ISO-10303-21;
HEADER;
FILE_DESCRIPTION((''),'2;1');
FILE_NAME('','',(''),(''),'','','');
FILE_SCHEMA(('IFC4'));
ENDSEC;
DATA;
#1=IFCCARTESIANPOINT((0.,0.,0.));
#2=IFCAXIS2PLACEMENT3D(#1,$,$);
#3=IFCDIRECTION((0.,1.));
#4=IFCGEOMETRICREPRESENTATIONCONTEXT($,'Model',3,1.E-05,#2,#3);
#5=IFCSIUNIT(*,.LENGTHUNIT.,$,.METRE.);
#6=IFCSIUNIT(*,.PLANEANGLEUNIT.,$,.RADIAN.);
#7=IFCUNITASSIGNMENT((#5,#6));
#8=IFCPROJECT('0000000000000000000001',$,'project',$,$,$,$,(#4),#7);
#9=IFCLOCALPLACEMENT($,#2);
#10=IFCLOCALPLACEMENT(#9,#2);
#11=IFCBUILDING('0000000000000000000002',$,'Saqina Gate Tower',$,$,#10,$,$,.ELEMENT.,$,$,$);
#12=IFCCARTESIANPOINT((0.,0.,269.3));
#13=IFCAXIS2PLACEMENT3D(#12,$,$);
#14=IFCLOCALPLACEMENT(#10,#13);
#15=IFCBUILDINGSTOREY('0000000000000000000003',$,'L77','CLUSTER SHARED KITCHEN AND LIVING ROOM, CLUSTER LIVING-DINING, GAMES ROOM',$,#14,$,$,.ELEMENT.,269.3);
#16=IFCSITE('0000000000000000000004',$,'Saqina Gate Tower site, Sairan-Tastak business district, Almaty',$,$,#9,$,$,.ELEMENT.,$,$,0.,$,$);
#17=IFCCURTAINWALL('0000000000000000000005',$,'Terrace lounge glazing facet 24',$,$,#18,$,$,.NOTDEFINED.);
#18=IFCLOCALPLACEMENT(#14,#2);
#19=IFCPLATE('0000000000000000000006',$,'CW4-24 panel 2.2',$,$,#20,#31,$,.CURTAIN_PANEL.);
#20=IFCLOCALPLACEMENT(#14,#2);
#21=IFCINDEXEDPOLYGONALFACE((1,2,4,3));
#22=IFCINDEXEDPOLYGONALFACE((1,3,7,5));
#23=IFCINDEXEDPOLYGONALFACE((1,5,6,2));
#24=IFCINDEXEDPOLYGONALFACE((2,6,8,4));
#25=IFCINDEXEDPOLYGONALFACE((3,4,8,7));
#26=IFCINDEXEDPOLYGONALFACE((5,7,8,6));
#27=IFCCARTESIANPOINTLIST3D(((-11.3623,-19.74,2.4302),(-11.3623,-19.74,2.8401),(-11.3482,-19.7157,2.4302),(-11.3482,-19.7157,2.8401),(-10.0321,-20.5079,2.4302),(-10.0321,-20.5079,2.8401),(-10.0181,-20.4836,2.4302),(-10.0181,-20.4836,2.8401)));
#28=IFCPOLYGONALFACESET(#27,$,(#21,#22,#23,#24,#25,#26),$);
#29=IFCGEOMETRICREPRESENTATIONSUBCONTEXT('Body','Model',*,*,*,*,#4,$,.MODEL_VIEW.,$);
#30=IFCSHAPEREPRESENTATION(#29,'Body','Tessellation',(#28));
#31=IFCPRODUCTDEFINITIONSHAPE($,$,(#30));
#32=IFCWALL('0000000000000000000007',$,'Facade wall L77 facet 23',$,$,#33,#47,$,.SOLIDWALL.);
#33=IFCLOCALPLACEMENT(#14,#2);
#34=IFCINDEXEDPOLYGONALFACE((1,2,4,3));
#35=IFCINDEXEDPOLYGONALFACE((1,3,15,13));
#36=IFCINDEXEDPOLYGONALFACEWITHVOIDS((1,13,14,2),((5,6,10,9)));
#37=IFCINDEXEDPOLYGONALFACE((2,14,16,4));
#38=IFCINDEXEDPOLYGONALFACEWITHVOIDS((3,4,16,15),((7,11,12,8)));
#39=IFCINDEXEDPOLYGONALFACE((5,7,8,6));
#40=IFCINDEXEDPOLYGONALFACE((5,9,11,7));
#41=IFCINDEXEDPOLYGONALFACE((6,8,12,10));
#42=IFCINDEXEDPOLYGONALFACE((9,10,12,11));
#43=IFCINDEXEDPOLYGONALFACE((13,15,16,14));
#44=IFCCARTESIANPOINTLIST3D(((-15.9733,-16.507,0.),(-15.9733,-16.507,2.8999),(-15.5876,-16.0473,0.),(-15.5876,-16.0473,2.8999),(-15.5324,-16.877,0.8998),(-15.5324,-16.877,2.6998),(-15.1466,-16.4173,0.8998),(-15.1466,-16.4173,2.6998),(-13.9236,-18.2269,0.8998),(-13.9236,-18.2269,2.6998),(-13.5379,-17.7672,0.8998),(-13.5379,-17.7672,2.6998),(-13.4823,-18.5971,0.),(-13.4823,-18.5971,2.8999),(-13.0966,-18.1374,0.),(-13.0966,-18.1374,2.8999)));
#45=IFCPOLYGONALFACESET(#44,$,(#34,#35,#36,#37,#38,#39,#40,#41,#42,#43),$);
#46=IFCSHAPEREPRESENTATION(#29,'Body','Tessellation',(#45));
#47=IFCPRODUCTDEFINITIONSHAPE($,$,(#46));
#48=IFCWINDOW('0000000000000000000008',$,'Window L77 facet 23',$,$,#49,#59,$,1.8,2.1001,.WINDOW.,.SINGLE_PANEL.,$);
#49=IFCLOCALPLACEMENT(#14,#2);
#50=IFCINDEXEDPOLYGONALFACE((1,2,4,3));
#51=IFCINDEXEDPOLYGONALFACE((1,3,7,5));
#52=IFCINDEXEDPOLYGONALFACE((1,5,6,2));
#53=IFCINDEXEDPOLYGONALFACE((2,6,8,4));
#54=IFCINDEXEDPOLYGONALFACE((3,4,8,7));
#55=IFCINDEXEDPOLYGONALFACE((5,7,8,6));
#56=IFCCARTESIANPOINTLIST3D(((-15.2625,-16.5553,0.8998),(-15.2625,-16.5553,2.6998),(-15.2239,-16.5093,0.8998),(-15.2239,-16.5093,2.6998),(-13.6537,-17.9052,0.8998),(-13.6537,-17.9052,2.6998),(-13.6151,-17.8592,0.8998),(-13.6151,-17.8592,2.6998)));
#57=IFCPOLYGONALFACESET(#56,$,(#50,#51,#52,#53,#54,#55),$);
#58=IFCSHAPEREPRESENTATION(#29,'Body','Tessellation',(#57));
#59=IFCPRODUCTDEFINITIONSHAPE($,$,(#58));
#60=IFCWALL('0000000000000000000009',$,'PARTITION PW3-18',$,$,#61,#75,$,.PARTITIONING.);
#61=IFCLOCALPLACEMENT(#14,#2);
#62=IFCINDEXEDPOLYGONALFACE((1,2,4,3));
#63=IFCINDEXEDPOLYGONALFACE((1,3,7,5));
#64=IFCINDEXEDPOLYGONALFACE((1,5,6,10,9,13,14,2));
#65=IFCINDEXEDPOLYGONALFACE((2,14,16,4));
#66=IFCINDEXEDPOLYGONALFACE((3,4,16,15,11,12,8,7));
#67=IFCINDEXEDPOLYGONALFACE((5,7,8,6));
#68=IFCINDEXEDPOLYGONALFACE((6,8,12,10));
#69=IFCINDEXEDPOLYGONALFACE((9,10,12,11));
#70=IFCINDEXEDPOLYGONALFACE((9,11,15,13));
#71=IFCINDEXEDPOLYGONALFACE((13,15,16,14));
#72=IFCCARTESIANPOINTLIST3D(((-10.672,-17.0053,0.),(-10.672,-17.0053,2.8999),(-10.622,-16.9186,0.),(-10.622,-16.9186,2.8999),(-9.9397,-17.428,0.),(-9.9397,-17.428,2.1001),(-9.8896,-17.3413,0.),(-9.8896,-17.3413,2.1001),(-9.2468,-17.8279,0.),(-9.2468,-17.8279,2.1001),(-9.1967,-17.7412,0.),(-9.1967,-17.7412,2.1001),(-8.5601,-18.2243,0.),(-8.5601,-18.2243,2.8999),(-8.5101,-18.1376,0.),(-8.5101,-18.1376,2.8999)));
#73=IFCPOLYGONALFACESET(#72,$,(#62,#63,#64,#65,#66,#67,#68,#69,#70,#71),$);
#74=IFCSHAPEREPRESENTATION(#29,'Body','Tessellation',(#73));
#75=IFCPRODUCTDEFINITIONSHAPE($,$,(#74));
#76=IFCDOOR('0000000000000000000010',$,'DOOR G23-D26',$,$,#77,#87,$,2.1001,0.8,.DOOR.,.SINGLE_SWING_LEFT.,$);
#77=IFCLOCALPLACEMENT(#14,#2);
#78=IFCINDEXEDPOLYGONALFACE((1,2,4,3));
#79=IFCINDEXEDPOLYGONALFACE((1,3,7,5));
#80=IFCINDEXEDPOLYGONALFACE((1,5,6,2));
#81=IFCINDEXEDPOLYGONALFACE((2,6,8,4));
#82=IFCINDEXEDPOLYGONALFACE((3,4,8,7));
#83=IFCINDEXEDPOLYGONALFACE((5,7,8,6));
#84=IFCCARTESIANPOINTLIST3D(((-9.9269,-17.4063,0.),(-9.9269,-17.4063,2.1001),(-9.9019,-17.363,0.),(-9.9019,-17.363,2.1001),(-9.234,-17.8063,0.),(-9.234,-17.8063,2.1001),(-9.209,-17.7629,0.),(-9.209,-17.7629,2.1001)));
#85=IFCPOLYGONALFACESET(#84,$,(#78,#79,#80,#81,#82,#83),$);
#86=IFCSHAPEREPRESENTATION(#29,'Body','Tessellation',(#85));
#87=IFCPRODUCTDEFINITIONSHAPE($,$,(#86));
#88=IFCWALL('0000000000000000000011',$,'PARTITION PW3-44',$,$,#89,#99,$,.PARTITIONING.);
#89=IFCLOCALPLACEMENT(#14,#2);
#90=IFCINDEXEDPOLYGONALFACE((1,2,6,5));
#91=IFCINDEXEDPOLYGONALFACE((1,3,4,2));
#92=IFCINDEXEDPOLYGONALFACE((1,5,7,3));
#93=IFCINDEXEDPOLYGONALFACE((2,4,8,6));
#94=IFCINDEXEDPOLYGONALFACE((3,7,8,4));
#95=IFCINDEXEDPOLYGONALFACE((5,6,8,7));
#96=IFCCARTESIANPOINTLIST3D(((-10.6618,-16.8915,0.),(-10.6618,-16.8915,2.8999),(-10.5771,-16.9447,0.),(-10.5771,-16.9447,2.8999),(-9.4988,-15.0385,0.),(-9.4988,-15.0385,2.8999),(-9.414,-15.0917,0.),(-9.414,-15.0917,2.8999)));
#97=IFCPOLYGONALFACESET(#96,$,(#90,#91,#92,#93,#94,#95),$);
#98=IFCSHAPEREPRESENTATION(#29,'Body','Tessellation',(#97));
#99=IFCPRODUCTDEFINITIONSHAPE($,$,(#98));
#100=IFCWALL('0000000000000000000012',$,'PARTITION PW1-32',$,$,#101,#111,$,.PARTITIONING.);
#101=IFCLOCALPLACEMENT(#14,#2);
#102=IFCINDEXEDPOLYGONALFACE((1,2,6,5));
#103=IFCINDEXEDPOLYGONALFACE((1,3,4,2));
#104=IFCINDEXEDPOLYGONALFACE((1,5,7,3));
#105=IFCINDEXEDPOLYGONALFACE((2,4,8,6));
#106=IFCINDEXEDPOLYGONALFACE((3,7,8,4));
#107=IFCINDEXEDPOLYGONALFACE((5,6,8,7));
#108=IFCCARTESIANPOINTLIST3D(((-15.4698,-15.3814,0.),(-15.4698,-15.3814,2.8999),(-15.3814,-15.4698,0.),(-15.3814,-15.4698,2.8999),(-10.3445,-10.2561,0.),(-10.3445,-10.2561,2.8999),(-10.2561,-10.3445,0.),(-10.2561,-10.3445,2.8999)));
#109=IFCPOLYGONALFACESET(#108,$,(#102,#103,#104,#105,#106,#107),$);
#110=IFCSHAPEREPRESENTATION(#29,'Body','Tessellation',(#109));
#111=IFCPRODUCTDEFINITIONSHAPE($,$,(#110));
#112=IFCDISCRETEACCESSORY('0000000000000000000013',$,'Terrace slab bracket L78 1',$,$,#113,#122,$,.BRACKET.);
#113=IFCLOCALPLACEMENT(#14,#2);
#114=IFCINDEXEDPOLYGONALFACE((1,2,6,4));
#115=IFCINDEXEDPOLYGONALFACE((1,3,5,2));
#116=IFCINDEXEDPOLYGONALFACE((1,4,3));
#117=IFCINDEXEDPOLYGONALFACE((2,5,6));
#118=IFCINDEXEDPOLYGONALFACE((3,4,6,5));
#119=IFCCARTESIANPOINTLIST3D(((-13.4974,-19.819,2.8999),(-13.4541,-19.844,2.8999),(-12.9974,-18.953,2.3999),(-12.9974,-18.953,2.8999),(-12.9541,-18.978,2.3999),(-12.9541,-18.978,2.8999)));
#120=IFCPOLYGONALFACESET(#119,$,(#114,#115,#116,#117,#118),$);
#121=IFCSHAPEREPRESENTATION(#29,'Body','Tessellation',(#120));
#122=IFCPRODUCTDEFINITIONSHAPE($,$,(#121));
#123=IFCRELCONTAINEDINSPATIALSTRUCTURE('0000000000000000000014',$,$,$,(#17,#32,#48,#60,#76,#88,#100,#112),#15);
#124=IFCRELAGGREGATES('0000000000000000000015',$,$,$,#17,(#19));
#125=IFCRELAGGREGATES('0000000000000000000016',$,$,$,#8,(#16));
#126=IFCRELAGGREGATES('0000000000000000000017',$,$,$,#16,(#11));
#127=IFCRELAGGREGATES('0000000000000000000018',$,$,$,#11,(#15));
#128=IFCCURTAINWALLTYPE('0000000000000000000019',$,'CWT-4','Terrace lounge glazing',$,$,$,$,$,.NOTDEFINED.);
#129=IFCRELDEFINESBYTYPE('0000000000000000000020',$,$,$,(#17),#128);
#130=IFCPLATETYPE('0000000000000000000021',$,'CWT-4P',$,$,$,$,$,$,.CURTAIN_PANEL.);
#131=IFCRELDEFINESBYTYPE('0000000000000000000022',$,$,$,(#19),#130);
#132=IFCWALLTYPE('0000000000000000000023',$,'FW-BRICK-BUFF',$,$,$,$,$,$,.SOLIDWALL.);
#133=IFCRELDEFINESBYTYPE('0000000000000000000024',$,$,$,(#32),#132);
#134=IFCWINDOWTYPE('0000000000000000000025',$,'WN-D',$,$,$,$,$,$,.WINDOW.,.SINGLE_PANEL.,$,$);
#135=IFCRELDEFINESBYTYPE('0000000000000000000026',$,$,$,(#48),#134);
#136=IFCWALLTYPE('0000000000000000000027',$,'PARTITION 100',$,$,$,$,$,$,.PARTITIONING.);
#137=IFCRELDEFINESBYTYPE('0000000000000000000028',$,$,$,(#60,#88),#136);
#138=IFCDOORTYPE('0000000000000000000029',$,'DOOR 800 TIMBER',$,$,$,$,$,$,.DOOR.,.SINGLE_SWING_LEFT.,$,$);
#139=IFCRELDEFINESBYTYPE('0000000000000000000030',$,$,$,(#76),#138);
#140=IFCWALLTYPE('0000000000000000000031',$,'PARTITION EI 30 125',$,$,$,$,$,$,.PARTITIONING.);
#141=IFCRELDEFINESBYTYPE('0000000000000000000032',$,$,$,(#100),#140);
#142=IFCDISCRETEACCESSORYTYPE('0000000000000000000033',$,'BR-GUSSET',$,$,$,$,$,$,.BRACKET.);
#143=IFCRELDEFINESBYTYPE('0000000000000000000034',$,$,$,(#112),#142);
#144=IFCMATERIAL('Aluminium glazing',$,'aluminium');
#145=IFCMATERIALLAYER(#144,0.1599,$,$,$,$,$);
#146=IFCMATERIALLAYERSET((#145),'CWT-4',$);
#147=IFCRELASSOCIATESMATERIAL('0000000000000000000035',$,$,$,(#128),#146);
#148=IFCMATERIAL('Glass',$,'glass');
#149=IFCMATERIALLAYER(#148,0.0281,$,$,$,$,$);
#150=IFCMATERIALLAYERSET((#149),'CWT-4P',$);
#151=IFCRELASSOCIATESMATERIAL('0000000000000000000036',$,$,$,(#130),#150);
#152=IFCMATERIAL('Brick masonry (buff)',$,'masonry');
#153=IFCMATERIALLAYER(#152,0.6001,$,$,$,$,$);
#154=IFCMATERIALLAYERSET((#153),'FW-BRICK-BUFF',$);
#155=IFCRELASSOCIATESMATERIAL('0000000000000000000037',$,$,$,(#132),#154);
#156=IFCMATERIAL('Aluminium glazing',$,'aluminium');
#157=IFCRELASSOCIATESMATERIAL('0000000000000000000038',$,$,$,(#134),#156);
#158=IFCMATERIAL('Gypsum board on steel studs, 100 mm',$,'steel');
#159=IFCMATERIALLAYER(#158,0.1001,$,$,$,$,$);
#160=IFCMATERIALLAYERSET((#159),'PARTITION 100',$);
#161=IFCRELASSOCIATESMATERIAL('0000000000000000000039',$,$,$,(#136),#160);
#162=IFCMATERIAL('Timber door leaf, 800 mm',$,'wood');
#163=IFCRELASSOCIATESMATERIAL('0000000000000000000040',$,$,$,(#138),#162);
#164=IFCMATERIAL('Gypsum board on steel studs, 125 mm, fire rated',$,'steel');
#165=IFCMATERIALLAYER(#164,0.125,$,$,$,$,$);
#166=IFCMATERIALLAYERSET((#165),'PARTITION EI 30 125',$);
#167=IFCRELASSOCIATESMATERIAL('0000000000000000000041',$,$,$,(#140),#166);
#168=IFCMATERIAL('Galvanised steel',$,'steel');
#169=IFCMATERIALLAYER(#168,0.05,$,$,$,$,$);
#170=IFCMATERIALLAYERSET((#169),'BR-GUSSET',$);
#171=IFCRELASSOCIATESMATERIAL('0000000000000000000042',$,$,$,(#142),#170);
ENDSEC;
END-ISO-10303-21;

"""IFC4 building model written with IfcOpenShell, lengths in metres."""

from ifc_helpers import new_model, si_unit, direction, frame, frame_2d, origin, origin_2d, place, context, subcontext, project, spatial, polyline, rectangle, outline, extrude, material, layer, layer_set, type_object, element, fill, aggregate, save


model = new_model("IFC4")

# Units and contexts
model_context = context("Model", 3, precision=1e-05, world=origin(), true_north=direction((0.0, 1.0)))
body_context = subcontext(model_context, "Body", "Model", "MODEL_VIEW")
ifc_project = project(units=[si_unit("LENGTHUNIT", "METRE"), si_unit("PLANEANGLEUNIT", "RADIAN")], contexts=[model_context])

# Site, building, storey
site_placement = place(None, origin())
site = spatial("IfcSite", under=ifc_project, at=site_placement, Name="Saqina Gate Tower site, Sairan-Tastak business district, Almaty", CompositionType="ELEMENT", RefElevation=0.0)
building_placement = place(site_placement, origin())
building = spatial("IfcBuilding", under=site, at=building_placement, Name="Saqina Gate Tower", CompositionType="ELEMENT")
storey_placement = place(building_placement, frame((0.0, 0.0, 269.3)))
storey = spatial("IfcBuildingStorey", under=building, at=storey_placement, Name="L77", Description="CLUSTER SHARED KITCHEN AND LIVING ROOM, CLUSTER LIVING-DINING, GAMES ROOM", CompositionType="ELEMENT", Elevation=269.3)

# Curtain wall, plate
ifc_material_1 = material(Name="Aluminium glazing", Category="aluminium")
ifc_layer_1 = layer(ifc_material_1, 0.1599)
ifc_layer_set_1 = layer_set([ifc_layer_1], Name="CWT-4")
curtain_wall_type = type_object("IfcCurtainWallType", Name="CWT-4", Description="Terrace lounge glazing", PredefinedType="NOTDEFINED", material=ifc_layer_set_1)
curtain_wall_placement = place(storey_placement, origin())
curtain_wall = element("IfcCurtainWall", 1, at=curtain_wall_placement, inside=storey, type_object=curtain_wall_type, Name="Terrace lounge glazing facet 24", PredefinedType="NOTDEFINED")
ifc_material_2 = material(Name="Glass", Category="glass")
ifc_layer_2 = layer(ifc_material_2, 0.0281)
ifc_layer_set_2 = layer_set([ifc_layer_2], Name="CWT-4P")
plate_type = type_object("IfcPlateType", Name="CWT-4P", PredefinedType="CURTAIN_PANEL", material=ifc_layer_set_2)
plate_1_placement = place(storey_placement, frame((-10.6902, -20.1118, 2.4302), z_axis=(0.0, 0.0, 1.0), x_axis=(0.866036, -0.499982, 0.0)))
plate_1 = element("IfcPlate", 2, at=plate_1_placement, type_object=plate_type, Name="CW4-24 panel 2.2", PredefinedType="CURTAIN_PANEL", context=body_context, shape_type="SweptSolid", body=[
    extrude(rectangle(XDim=1.5359, YDim=0.0281, at=origin_2d()), origin(), (0.0, 0.0, 1.0), 0.4099),
])
aggregate(curtain_wall, [plate_1])

# Wall, opening, window
ifc_material_3 = material(Name="Brick masonry (buff)", Category="masonry")
ifc_layer_3 = layer(ifc_material_3, 0.6001)
ifc_layer_set_3 = layer_set([ifc_layer_3], Name="FW-BRICK-BUFF")
wall_type_1 = type_object("IfcWallType", Name="FW-BRICK-BUFF", PredefinedType="SOLIDWALL", material=ifc_layer_set_3)
wall_1_placement = place(storey_placement, frame((-15.7805, -16.2771, 0.0), z_axis=(0.0, 0.0, 1.0), x_axis=(0.766057, -0.642773, 0.0)))
wall_1 = element("IfcWall", 3, at=wall_1_placement, inside=storey, type_object=wall_type_1, Name="Facade wall L77 facet 23", PredefinedType="SOLIDWALL", context=body_context, shape_type="SweptSolid", body=[
    extrude(rectangle(XDim=3.2517, YDim=0.6001, at=frame_2d((1.626, 0.0))), origin(), (0.0, 0.0, 1.0), 2.8999),
])
opening_1_placement = place(wall_1_placement, frame((0.5757, 0.0, 0.8999)))
opening_1 = element("IfcOpeningElement", 4, at=opening_1_placement, cuts=wall_1, PredefinedType="OPENING", context=body_context, shape_type="SweptSolid", body=[
    extrude(rectangle(XDim=2.1001, YDim=1.8, at=frame_2d((1.05, 0.8999))), frame((0.0, 0.312, 0.0), z_axis=(0.0, -1.0, 0.0), x_axis=(1.0, 0.0, 0.0)), (0.0, 0.0, 1.0), 0.624),
])
ifc_material_4 = material(Name="Aluminium glazing", Category="aluminium")
window_type = type_object("IfcWindowType", Name="WN-D", PartitioningType="SINGLE_PANEL", PredefinedType="WINDOW", material=ifc_material_4)
window_placement = place(opening_1_placement, origin())
window = element("IfcWindow", 5, at=window_placement, inside=storey, type_object=window_type, Name="Window L77 facet 23", OverallHeight=1.8, OverallWidth=2.1001, PartitioningType="SINGLE_PANEL", PredefinedType="WINDOW", context=body_context, shape_type="SweptSolid", body=[
    extrude(rectangle(XDim=2.1001, YDim=1.8, at=frame_2d((1.05, 0.8999))), frame((0.0, 0.1799, 0.0), z_axis=(0.0, -1.0, 0.0), x_axis=(1.0, 0.0, 0.0)), (0.0, 0.0, 1.0), 0.0601),
])
fill(opening_1, window)

# Wall, opening, door
ifc_material_5 = material(Name="Gypsum board on steel studs, 100 mm", Category="steel")
ifc_layer_4 = layer(ifc_material_5, 0.1001)
ifc_layer_set_4 = layer_set([ifc_layer_4], Name="PARTITION 100")
wall_type_2 = type_object("IfcWallType", Name="PARTITION 100", PredefinedType="PARTITIONING", material=ifc_layer_set_4)
wall_2_placement = place(storey_placement, frame((-10.647, -16.9619, 0.0), z_axis=(0.0, 0.0, 1.0), x_axis=(0.866072, -0.499919, 0.0)))
wall_2 = element("IfcWall", 6, at=wall_2_placement, inside=storey, type_object=wall_type_2, Name="PARTITION PW3-18", PredefinedType="PARTITIONING", context=body_context, shape_type="SweptSolid", body=[
    extrude(rectangle(XDim=2.4385, YDim=0.1001, at=frame_2d((1.2192, 0.0))), origin(), (0.0, 0.0, 1.0), 2.8999),
])
opening_2_placement = place(wall_2_placement, frame((0.8457, 0.0, 0.0)))
opening_2 = element("IfcOpeningElement", 7, at=opening_2_placement, cuts=wall_2, PredefinedType="OPENING", context=body_context, shape_type="SweptSolid", body=[
    extrude(rectangle(XDim=0.8, YDim=2.1001, at=frame_2d((0.3999, 1.05))), frame((0.0, 0.062, 0.0), z_axis=(0.0, -1.0, 0.0), x_axis=(1.0, 0.0, 0.0)), (0.0, 0.0, 1.0), 0.124),
])
ifc_material_6 = material(Name="Timber door leaf, 800 mm", Category="wood")
door_type = type_object("IfcDoorType", Name="DOOR 800 TIMBER", OperationType="SINGLE_SWING_LEFT", PredefinedType="DOOR", material=ifc_material_6)
door_placement = place(opening_2_placement, frame((0.8, 0.0, 0.0), z_axis=(0.0, 0.0, 1.0), x_axis=(-1.0, 0.0, 0.0)))
door = element("IfcDoor", 8, at=door_placement, inside=storey, type_object=door_type, Name="DOOR G23-D26", OperationType="SINGLE_SWING_LEFT", OverallHeight=2.1001, OverallWidth=0.8, PredefinedType="DOOR", context=body_context, shape_type="SweptSolid", body=[
    extrude(rectangle(XDim=0.8, YDim=2.1001, at=frame_2d((0.3999, 1.05))), frame((0.0, 0.0249, 0.0), z_axis=(0.0, -1.0, 0.0), x_axis=(1.0, 0.0, 0.0)), (0.0, 0.0, 1.0), 0.05),
])
fill(opening_2, door)

# Walls
wall_3_placement = place(storey_placement, frame((-10.6194, -16.918, 0.0), z_axis=(0.0, 0.0, 1.0), x_axis=(0.531623, 0.846981, 0.0)))
element("IfcWall", 9, at=wall_3_placement, inside=storey, type_object=wall_type_2, Name="PARTITION PW3-44", PredefinedType="PARTITIONING", context=body_context, shape_type="SweptSolid", body=[
    extrude(rectangle(XDim=2.1877, YDim=0.1001, at=frame_2d((1.0938, 0.0))), origin(), (0.0, 0.0, 1.0), 2.8999),
])
ifc_material_7 = material(Name="Gypsum board on steel studs, 125 mm, fire rated", Category="steel")
ifc_layer_5 = layer(ifc_material_7, 0.125)
ifc_layer_set_5 = layer_set([ifc_layer_5], Name="PARTITION EI 30 125")
wall_type_3 = type_object("IfcWallType", Name="PARTITION EI 30 125", PredefinedType="PARTITIONING", material=ifc_layer_set_5)
wall_4_placement = place(storey_placement, frame((-15.4255, -15.4255, 0.0), z_axis=(0.0, 0.0, 1.0), x_axis=(0.707107, 0.707107, 0.0)))
element("IfcWall", 10, at=wall_4_placement, inside=storey, type_object=wall_type_3, Name="PARTITION PW1-32", PredefinedType="PARTITIONING", context=body_context, shape_type="SweptSolid", body=[
    extrude(rectangle(XDim=7.2483, YDim=0.125, at=frame_2d((3.624, 0.0))), origin(), (0.0, 0.0, 1.0), 2.8999),
])

# Discrete accessory
ifc_material_8 = material(Name="Galvanised steel", Category="steel")
ifc_layer_6 = layer(ifc_material_8, 0.05)
ifc_layer_set_6 = layer_set([ifc_layer_6], Name="BR-GUSSET")
discrete_accessory_type = type_object("IfcDiscreteAccessoryType", Name="BR-GUSSET", PredefinedType="BRACKET", material=ifc_layer_set_6)
discrete_accessory_placement = place(storey_placement, frame((-12.9541, -18.978, 2.3999), z_axis=(0.866011, -0.500025, 0.0), x_axis=(0.0, 0.0, 1.0)))
element("IfcDiscreteAccessory", 11, at=discrete_accessory_placement, inside=storey, type_object=discrete_accessory_type, Name="Terrace slab bracket L78 1", PredefinedType="BRACKET", context=body_context, shape_type="SweptSolid", body=[
    extrude(outline(polyline([(0.0, 0.0), (0.5, 0.0), (0.5, 0.9999), (0.0, 0.0)])), origin(), (0.0, 0.0, -1.0), 0.05),
])

save(model, "model.ifc")
